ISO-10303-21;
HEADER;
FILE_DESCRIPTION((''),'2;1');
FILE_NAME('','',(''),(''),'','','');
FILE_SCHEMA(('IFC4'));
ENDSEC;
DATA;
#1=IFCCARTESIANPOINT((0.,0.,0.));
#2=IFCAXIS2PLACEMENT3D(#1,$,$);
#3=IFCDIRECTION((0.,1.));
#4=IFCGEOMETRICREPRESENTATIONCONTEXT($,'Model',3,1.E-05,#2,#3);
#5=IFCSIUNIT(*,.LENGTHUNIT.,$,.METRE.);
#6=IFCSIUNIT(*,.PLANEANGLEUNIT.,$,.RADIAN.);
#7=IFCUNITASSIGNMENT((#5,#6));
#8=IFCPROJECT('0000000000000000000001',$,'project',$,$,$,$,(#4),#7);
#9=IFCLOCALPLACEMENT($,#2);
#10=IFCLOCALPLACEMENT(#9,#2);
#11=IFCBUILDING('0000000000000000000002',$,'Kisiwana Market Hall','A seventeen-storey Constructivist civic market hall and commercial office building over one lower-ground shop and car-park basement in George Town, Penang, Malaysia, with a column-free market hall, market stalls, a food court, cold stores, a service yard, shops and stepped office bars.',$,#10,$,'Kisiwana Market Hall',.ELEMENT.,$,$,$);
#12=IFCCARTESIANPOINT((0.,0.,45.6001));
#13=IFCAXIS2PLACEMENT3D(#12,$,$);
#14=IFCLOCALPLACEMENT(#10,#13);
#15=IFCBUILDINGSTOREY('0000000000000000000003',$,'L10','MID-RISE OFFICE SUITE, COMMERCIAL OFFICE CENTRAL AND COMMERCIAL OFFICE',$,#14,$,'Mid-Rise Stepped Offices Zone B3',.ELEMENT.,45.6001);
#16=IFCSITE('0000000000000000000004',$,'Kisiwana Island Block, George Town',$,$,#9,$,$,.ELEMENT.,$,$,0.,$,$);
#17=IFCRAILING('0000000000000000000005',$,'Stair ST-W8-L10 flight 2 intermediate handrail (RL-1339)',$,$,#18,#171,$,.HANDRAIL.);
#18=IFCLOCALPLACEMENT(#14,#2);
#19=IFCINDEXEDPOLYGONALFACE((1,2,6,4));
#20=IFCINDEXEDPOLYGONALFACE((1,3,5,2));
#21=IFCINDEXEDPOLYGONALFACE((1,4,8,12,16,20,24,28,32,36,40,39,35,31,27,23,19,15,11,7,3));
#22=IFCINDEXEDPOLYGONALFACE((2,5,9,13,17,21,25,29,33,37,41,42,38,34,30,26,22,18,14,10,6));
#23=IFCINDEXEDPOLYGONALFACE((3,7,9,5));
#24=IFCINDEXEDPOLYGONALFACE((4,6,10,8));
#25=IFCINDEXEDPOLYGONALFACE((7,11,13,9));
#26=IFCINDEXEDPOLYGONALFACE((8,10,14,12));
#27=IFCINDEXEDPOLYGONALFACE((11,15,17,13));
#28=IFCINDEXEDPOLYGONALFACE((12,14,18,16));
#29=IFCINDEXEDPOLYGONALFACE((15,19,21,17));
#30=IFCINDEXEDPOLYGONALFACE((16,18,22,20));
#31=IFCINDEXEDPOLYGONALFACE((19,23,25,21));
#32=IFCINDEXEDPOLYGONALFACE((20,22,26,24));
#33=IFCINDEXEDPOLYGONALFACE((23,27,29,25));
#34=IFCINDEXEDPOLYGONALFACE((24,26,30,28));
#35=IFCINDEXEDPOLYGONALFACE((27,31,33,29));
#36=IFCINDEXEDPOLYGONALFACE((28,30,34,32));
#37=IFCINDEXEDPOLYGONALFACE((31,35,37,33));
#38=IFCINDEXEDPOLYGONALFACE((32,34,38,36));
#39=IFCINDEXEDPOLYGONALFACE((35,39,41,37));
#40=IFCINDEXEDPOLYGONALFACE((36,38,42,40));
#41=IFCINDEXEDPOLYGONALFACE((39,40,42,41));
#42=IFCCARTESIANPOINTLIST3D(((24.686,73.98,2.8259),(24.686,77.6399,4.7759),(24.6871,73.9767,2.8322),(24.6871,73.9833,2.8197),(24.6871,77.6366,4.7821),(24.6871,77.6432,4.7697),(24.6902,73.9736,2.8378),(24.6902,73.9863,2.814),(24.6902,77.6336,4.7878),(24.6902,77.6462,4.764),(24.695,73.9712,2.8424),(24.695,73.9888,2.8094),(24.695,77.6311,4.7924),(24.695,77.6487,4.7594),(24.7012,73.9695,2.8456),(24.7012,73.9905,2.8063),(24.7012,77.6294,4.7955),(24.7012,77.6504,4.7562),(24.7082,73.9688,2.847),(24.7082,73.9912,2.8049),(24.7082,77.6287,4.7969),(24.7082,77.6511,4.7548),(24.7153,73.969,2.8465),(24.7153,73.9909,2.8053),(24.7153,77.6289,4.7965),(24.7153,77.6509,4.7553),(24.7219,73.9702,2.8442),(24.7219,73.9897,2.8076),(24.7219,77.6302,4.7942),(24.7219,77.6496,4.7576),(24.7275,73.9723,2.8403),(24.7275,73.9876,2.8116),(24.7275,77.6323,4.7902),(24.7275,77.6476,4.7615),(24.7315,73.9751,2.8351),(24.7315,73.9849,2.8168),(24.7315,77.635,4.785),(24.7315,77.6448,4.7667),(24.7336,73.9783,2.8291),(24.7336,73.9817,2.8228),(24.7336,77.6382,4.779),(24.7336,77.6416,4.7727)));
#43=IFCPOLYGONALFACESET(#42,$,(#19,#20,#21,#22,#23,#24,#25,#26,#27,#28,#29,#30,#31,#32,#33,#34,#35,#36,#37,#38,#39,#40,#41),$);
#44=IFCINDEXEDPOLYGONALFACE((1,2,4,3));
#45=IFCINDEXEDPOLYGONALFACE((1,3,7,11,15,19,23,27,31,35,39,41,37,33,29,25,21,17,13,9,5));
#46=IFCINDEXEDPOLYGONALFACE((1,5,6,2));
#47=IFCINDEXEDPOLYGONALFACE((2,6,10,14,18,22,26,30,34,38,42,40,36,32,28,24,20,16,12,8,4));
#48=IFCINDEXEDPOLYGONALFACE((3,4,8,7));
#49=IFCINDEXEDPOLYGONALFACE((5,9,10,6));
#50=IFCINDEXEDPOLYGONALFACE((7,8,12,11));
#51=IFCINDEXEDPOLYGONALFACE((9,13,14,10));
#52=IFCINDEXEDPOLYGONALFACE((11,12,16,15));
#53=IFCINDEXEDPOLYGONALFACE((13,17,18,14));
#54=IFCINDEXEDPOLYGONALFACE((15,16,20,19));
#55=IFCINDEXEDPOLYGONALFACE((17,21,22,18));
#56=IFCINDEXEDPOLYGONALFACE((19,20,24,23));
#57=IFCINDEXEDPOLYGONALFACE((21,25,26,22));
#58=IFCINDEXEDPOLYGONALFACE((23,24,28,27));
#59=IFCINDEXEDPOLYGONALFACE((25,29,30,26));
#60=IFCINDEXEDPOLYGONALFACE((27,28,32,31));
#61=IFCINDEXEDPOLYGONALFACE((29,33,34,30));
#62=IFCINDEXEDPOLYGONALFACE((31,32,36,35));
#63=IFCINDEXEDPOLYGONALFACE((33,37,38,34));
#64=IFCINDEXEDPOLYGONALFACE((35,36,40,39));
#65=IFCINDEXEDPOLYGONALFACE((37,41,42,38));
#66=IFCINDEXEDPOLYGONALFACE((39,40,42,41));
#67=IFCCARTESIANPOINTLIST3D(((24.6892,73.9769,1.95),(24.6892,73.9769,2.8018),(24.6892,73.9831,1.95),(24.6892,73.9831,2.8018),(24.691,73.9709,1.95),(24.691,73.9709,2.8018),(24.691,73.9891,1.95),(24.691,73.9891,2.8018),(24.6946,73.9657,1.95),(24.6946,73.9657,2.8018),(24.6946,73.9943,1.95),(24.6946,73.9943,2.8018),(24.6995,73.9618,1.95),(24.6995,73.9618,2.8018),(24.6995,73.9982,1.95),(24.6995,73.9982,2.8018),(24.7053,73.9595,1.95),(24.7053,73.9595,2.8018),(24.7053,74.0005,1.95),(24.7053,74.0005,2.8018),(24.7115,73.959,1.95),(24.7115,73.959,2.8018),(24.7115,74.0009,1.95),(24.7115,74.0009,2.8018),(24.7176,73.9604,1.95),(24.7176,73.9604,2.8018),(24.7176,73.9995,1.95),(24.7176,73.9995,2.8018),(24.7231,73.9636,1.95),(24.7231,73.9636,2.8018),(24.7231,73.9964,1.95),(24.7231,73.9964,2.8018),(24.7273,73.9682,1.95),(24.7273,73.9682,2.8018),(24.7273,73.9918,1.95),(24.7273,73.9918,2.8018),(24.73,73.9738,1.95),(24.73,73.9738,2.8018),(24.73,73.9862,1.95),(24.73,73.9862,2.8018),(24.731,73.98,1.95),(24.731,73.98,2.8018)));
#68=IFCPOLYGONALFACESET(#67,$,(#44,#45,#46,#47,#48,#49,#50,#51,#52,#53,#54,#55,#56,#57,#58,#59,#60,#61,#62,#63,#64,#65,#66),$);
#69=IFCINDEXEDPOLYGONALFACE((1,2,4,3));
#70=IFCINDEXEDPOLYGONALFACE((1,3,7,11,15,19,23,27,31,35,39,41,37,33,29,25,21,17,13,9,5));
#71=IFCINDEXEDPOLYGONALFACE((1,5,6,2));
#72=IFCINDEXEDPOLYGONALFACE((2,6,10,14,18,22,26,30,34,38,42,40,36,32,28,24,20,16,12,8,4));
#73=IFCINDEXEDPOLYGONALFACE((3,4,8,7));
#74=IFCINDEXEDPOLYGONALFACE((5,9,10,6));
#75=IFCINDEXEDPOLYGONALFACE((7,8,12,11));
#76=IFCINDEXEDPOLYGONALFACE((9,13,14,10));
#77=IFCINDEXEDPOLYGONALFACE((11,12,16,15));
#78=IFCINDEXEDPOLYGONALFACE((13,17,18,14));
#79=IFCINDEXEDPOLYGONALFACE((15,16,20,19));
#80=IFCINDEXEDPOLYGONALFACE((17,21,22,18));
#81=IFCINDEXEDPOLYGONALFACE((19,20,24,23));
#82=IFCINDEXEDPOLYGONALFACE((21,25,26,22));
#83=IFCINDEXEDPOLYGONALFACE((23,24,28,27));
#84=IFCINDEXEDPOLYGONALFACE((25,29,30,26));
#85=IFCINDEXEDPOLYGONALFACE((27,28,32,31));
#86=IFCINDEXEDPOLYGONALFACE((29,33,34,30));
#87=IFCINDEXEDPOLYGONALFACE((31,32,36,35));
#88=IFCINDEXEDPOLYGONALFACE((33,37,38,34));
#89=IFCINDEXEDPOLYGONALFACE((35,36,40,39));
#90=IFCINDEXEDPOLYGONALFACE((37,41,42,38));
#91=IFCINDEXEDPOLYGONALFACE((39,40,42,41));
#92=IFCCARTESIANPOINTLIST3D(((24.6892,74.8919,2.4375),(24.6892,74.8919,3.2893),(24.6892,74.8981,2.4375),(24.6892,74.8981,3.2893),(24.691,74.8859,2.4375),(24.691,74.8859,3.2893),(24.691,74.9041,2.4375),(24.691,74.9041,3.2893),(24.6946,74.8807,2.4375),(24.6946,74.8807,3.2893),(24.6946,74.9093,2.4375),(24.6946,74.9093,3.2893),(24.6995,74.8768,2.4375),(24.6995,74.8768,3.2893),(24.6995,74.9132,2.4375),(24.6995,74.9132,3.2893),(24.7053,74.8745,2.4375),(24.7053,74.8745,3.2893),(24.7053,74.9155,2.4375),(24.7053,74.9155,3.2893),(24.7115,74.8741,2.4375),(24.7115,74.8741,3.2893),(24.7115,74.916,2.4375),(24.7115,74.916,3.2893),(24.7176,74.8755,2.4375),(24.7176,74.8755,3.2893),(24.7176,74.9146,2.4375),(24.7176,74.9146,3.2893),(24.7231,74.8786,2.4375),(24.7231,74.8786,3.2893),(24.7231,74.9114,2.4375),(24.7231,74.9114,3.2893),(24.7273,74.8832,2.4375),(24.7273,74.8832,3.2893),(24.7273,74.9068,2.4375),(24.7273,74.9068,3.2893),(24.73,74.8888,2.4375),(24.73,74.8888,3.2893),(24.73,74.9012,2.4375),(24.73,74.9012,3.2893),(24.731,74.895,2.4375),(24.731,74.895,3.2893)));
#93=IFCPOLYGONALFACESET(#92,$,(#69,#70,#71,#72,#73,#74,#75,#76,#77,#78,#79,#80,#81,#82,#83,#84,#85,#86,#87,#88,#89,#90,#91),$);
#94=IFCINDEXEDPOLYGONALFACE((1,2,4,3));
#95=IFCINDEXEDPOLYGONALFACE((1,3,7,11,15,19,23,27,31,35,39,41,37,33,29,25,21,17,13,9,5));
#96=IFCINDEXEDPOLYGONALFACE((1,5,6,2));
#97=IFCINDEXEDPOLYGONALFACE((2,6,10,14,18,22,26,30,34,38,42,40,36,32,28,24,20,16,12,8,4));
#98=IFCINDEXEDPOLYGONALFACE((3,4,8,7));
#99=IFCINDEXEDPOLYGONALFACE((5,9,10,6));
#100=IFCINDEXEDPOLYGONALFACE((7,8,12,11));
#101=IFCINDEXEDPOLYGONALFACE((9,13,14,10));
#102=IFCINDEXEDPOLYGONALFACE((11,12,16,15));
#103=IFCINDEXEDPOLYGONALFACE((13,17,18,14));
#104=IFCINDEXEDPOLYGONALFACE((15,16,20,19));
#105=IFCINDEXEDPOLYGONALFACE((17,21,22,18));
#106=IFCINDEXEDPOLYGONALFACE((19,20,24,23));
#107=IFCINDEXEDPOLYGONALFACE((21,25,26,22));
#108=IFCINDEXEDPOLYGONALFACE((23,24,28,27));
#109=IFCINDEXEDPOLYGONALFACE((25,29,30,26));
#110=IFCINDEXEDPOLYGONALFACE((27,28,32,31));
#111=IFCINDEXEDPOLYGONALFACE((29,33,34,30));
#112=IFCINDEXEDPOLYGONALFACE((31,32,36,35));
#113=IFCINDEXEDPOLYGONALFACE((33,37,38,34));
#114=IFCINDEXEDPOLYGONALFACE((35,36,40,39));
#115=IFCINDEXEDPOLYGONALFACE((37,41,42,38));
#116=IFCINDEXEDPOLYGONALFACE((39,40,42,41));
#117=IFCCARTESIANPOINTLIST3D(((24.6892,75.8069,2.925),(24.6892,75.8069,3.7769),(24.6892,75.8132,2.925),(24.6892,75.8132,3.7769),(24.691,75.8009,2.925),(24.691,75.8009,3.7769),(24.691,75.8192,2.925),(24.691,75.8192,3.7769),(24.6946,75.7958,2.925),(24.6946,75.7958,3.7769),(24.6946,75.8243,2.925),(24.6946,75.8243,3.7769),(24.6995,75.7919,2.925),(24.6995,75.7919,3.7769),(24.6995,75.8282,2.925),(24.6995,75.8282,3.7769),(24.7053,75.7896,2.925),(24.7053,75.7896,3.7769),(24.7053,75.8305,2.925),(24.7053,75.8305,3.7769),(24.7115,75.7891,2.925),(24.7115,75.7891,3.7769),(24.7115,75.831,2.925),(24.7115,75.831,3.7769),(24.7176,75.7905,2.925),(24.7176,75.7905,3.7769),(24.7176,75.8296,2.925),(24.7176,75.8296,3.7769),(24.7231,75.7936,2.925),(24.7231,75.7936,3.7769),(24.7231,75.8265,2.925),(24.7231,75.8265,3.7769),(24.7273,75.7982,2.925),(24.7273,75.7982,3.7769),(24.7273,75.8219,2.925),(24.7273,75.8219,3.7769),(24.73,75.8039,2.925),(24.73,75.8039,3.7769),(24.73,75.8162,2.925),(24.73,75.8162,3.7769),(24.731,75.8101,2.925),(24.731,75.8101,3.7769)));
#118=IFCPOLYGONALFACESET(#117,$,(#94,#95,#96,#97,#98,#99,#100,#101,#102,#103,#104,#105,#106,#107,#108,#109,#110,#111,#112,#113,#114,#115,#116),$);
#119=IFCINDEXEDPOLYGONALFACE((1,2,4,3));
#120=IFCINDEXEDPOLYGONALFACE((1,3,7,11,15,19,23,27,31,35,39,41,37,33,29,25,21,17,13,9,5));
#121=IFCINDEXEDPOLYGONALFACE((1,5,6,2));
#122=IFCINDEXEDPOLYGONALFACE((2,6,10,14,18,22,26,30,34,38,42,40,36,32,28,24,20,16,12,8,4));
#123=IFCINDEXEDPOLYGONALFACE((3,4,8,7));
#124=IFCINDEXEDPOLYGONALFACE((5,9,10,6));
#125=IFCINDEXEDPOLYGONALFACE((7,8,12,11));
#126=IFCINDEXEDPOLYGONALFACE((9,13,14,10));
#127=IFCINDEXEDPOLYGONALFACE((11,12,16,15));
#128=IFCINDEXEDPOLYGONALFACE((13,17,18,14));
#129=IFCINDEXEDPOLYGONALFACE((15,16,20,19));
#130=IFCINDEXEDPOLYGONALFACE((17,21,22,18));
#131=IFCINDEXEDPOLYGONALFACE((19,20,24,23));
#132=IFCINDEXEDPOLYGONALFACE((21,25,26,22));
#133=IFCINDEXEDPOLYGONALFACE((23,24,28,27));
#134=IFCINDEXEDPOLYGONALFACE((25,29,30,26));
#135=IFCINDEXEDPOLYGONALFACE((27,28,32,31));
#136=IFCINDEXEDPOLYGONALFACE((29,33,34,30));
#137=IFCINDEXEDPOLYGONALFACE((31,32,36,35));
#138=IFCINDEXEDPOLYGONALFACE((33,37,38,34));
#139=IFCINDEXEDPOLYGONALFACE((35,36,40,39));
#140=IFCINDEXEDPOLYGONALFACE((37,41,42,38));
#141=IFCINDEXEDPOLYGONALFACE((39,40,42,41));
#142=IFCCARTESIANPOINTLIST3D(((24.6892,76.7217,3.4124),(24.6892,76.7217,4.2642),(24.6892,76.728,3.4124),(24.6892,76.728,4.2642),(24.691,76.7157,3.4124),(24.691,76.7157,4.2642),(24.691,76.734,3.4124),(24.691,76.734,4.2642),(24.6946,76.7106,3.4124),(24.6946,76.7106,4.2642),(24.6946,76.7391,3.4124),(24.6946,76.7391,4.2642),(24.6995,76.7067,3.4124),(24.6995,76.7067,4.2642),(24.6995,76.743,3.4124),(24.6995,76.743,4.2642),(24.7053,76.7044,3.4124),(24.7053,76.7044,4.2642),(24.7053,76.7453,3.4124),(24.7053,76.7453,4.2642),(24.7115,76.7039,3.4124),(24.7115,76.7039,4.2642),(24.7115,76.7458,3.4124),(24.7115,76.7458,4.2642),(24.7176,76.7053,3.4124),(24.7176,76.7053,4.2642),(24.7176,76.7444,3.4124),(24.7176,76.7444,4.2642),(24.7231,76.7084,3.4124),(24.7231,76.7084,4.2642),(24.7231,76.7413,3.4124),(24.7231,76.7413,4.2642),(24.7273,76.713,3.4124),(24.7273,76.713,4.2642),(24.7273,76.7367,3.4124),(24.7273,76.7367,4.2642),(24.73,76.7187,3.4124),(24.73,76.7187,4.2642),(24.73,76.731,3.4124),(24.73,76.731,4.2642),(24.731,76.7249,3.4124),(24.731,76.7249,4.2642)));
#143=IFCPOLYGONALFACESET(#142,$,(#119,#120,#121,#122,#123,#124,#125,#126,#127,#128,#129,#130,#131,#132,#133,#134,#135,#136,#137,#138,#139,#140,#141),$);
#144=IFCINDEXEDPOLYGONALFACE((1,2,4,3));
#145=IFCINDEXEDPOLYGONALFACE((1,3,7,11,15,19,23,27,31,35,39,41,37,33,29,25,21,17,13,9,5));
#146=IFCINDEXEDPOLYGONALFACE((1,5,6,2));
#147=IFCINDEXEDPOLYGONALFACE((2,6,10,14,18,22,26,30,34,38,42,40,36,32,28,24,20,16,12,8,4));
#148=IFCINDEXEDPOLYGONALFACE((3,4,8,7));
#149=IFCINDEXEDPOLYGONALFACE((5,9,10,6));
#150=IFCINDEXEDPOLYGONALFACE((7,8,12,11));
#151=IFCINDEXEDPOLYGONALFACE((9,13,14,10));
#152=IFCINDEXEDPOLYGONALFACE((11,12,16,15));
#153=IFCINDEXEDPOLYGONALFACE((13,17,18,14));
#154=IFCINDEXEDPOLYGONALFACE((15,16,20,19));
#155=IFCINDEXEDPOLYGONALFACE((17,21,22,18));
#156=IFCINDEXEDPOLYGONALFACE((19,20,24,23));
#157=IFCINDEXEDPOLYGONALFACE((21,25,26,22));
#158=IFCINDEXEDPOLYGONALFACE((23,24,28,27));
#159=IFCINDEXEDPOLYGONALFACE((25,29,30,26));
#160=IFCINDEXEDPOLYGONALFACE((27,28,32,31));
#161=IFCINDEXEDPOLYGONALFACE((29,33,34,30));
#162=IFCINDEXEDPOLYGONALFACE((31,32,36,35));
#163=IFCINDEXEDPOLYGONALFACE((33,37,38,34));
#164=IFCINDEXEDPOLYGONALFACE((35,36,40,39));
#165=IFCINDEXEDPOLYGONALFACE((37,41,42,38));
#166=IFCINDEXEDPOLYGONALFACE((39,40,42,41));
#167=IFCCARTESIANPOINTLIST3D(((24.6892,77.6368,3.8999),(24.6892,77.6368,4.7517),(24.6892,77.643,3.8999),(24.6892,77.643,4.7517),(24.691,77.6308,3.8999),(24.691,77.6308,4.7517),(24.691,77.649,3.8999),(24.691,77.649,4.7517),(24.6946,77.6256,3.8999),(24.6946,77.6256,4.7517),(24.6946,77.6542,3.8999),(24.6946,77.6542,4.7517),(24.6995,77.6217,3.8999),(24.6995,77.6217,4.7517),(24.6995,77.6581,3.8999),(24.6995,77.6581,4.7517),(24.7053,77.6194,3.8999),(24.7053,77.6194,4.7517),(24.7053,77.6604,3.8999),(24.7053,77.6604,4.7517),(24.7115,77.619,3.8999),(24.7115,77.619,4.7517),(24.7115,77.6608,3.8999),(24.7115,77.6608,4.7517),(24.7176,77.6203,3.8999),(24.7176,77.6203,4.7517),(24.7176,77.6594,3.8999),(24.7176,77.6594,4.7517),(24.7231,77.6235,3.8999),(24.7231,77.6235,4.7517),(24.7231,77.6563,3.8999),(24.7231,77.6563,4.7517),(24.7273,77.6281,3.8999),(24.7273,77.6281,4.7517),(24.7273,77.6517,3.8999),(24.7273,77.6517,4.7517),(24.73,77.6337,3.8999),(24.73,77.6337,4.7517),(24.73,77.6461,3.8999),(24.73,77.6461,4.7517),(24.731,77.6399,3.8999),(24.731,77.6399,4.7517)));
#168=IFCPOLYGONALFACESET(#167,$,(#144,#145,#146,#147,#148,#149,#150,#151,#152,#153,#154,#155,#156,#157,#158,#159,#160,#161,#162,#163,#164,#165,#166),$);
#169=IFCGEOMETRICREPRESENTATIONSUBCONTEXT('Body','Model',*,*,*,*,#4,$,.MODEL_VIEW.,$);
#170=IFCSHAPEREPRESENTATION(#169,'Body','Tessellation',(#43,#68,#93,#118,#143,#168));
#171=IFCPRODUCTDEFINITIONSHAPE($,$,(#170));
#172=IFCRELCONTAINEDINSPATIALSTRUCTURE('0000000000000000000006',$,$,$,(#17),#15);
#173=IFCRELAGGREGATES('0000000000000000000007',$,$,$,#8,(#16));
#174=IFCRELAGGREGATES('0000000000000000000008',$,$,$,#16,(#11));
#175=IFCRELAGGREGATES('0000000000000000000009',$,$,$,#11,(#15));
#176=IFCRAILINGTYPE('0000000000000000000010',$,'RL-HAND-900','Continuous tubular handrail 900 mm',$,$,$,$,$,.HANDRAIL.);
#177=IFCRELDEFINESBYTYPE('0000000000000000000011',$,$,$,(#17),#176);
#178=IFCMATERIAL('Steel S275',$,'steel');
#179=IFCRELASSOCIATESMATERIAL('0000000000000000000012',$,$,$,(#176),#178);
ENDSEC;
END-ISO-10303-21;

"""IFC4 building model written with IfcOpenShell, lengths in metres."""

from ifc_helpers import new_model, si_unit, direction, frame, origin, origin_2d, place, context, subcontext, project, spatial, circle, extrude, material, type_object, element, save


model = new_model("IFC4")

# Units and contexts
model_context = context("Model", 3, precision=1e-05, world=origin(), true_north=direction((0.0, 1.0)))
body_context = subcontext(model_context, "Body", "Model", "MODEL_VIEW")
ifc_project = project(units=[si_unit("LENGTHUNIT", "METRE"), si_unit("PLANEANGLEUNIT", "RADIAN")], contexts=[model_context])

# Site, building, storey
site_placement = place(None, origin())
site = spatial("IfcSite", under=ifc_project, at=site_placement, Name="Kisiwana Island Block, George Town", CompositionType="ELEMENT", RefElevation=0.0)
building_placement = place(site_placement, origin())
building = spatial("IfcBuilding", under=site, at=building_placement, Name="Kisiwana Market Hall", Description="A seventeen-storey Constructivist civic market hall and commercial office building over one lower-ground shop and car-park basement in George Town, Penang, Malaysia, with a column-free market hall, market stalls, a food court, cold stores, a service yard, shops and stepped office bars.", LongName="Kisiwana Market Hall", CompositionType="ELEMENT")
storey_placement = place(building_placement, frame((0.0, 0.0, 45.6001)))
storey = spatial("IfcBuildingStorey", under=building, at=storey_placement, Name="L10", Description="MID-RISE OFFICE SUITE, COMMERCIAL OFFICE CENTRAL AND COMMERCIAL OFFICE", LongName="Mid-Rise Stepped Offices Zone B3", CompositionType="ELEMENT", Elevation=45.6001)

# Railing
ifc_material_1 = material(Name="Steel S275", Category="steel")
railing_type_1 = type_object("IfcRailingType", Name="RL-HAND-900", Description="Continuous tubular handrail 900 mm", PredefinedType="HANDRAIL", material=ifc_material_1)
railing_1_placement = place(storey_placement, frame((24.71, 73.98, 1.95)))
element("IfcRailing", 1, at=railing_1_placement, inside=storey, type_object=railing_type_1, Name="Stair ST-W8-L10 flight 2 intermediate handrail (RL-1339)", PredefinedType="HANDRAIL", context=body_context, shape_type="SweptSolid", body=[
    extrude(circle(Radius=0.0239, at=origin_2d()), frame((0.0, 0.0, 0.876), z_axis=(0.0, 0.882553, 0.470212), x_axis=(-1.0, 0.0, 0.0)), (0.0, 0.0, 1.0), 4.147),
    extrude(circle(Radius=0.021, at=origin_2d()), origin(), (0.0, 0.0, 1.0), 0.8518),
    extrude(circle(Radius=0.021, at=origin_2d()), frame((0.0, 0.915, 0.4875)), (0.0, 0.0, 1.0), 0.8518),
    extrude(circle(Radius=0.021, at=origin_2d()), frame((0.0, 1.8301, 0.9751)), (0.0, 0.0, 1.0), 0.8518),
    extrude(circle(Radius=0.021, at=origin_2d()), frame((0.0, 2.7449, 1.4624)), (0.0, 0.0, 1.0), 0.8518),
    extrude(circle(Radius=0.021, at=origin_2d()), frame((0.0, 3.6599, 1.95)), (0.0, 0.0, 1.0), 0.8518),
])

save(model, "model.ifc")
